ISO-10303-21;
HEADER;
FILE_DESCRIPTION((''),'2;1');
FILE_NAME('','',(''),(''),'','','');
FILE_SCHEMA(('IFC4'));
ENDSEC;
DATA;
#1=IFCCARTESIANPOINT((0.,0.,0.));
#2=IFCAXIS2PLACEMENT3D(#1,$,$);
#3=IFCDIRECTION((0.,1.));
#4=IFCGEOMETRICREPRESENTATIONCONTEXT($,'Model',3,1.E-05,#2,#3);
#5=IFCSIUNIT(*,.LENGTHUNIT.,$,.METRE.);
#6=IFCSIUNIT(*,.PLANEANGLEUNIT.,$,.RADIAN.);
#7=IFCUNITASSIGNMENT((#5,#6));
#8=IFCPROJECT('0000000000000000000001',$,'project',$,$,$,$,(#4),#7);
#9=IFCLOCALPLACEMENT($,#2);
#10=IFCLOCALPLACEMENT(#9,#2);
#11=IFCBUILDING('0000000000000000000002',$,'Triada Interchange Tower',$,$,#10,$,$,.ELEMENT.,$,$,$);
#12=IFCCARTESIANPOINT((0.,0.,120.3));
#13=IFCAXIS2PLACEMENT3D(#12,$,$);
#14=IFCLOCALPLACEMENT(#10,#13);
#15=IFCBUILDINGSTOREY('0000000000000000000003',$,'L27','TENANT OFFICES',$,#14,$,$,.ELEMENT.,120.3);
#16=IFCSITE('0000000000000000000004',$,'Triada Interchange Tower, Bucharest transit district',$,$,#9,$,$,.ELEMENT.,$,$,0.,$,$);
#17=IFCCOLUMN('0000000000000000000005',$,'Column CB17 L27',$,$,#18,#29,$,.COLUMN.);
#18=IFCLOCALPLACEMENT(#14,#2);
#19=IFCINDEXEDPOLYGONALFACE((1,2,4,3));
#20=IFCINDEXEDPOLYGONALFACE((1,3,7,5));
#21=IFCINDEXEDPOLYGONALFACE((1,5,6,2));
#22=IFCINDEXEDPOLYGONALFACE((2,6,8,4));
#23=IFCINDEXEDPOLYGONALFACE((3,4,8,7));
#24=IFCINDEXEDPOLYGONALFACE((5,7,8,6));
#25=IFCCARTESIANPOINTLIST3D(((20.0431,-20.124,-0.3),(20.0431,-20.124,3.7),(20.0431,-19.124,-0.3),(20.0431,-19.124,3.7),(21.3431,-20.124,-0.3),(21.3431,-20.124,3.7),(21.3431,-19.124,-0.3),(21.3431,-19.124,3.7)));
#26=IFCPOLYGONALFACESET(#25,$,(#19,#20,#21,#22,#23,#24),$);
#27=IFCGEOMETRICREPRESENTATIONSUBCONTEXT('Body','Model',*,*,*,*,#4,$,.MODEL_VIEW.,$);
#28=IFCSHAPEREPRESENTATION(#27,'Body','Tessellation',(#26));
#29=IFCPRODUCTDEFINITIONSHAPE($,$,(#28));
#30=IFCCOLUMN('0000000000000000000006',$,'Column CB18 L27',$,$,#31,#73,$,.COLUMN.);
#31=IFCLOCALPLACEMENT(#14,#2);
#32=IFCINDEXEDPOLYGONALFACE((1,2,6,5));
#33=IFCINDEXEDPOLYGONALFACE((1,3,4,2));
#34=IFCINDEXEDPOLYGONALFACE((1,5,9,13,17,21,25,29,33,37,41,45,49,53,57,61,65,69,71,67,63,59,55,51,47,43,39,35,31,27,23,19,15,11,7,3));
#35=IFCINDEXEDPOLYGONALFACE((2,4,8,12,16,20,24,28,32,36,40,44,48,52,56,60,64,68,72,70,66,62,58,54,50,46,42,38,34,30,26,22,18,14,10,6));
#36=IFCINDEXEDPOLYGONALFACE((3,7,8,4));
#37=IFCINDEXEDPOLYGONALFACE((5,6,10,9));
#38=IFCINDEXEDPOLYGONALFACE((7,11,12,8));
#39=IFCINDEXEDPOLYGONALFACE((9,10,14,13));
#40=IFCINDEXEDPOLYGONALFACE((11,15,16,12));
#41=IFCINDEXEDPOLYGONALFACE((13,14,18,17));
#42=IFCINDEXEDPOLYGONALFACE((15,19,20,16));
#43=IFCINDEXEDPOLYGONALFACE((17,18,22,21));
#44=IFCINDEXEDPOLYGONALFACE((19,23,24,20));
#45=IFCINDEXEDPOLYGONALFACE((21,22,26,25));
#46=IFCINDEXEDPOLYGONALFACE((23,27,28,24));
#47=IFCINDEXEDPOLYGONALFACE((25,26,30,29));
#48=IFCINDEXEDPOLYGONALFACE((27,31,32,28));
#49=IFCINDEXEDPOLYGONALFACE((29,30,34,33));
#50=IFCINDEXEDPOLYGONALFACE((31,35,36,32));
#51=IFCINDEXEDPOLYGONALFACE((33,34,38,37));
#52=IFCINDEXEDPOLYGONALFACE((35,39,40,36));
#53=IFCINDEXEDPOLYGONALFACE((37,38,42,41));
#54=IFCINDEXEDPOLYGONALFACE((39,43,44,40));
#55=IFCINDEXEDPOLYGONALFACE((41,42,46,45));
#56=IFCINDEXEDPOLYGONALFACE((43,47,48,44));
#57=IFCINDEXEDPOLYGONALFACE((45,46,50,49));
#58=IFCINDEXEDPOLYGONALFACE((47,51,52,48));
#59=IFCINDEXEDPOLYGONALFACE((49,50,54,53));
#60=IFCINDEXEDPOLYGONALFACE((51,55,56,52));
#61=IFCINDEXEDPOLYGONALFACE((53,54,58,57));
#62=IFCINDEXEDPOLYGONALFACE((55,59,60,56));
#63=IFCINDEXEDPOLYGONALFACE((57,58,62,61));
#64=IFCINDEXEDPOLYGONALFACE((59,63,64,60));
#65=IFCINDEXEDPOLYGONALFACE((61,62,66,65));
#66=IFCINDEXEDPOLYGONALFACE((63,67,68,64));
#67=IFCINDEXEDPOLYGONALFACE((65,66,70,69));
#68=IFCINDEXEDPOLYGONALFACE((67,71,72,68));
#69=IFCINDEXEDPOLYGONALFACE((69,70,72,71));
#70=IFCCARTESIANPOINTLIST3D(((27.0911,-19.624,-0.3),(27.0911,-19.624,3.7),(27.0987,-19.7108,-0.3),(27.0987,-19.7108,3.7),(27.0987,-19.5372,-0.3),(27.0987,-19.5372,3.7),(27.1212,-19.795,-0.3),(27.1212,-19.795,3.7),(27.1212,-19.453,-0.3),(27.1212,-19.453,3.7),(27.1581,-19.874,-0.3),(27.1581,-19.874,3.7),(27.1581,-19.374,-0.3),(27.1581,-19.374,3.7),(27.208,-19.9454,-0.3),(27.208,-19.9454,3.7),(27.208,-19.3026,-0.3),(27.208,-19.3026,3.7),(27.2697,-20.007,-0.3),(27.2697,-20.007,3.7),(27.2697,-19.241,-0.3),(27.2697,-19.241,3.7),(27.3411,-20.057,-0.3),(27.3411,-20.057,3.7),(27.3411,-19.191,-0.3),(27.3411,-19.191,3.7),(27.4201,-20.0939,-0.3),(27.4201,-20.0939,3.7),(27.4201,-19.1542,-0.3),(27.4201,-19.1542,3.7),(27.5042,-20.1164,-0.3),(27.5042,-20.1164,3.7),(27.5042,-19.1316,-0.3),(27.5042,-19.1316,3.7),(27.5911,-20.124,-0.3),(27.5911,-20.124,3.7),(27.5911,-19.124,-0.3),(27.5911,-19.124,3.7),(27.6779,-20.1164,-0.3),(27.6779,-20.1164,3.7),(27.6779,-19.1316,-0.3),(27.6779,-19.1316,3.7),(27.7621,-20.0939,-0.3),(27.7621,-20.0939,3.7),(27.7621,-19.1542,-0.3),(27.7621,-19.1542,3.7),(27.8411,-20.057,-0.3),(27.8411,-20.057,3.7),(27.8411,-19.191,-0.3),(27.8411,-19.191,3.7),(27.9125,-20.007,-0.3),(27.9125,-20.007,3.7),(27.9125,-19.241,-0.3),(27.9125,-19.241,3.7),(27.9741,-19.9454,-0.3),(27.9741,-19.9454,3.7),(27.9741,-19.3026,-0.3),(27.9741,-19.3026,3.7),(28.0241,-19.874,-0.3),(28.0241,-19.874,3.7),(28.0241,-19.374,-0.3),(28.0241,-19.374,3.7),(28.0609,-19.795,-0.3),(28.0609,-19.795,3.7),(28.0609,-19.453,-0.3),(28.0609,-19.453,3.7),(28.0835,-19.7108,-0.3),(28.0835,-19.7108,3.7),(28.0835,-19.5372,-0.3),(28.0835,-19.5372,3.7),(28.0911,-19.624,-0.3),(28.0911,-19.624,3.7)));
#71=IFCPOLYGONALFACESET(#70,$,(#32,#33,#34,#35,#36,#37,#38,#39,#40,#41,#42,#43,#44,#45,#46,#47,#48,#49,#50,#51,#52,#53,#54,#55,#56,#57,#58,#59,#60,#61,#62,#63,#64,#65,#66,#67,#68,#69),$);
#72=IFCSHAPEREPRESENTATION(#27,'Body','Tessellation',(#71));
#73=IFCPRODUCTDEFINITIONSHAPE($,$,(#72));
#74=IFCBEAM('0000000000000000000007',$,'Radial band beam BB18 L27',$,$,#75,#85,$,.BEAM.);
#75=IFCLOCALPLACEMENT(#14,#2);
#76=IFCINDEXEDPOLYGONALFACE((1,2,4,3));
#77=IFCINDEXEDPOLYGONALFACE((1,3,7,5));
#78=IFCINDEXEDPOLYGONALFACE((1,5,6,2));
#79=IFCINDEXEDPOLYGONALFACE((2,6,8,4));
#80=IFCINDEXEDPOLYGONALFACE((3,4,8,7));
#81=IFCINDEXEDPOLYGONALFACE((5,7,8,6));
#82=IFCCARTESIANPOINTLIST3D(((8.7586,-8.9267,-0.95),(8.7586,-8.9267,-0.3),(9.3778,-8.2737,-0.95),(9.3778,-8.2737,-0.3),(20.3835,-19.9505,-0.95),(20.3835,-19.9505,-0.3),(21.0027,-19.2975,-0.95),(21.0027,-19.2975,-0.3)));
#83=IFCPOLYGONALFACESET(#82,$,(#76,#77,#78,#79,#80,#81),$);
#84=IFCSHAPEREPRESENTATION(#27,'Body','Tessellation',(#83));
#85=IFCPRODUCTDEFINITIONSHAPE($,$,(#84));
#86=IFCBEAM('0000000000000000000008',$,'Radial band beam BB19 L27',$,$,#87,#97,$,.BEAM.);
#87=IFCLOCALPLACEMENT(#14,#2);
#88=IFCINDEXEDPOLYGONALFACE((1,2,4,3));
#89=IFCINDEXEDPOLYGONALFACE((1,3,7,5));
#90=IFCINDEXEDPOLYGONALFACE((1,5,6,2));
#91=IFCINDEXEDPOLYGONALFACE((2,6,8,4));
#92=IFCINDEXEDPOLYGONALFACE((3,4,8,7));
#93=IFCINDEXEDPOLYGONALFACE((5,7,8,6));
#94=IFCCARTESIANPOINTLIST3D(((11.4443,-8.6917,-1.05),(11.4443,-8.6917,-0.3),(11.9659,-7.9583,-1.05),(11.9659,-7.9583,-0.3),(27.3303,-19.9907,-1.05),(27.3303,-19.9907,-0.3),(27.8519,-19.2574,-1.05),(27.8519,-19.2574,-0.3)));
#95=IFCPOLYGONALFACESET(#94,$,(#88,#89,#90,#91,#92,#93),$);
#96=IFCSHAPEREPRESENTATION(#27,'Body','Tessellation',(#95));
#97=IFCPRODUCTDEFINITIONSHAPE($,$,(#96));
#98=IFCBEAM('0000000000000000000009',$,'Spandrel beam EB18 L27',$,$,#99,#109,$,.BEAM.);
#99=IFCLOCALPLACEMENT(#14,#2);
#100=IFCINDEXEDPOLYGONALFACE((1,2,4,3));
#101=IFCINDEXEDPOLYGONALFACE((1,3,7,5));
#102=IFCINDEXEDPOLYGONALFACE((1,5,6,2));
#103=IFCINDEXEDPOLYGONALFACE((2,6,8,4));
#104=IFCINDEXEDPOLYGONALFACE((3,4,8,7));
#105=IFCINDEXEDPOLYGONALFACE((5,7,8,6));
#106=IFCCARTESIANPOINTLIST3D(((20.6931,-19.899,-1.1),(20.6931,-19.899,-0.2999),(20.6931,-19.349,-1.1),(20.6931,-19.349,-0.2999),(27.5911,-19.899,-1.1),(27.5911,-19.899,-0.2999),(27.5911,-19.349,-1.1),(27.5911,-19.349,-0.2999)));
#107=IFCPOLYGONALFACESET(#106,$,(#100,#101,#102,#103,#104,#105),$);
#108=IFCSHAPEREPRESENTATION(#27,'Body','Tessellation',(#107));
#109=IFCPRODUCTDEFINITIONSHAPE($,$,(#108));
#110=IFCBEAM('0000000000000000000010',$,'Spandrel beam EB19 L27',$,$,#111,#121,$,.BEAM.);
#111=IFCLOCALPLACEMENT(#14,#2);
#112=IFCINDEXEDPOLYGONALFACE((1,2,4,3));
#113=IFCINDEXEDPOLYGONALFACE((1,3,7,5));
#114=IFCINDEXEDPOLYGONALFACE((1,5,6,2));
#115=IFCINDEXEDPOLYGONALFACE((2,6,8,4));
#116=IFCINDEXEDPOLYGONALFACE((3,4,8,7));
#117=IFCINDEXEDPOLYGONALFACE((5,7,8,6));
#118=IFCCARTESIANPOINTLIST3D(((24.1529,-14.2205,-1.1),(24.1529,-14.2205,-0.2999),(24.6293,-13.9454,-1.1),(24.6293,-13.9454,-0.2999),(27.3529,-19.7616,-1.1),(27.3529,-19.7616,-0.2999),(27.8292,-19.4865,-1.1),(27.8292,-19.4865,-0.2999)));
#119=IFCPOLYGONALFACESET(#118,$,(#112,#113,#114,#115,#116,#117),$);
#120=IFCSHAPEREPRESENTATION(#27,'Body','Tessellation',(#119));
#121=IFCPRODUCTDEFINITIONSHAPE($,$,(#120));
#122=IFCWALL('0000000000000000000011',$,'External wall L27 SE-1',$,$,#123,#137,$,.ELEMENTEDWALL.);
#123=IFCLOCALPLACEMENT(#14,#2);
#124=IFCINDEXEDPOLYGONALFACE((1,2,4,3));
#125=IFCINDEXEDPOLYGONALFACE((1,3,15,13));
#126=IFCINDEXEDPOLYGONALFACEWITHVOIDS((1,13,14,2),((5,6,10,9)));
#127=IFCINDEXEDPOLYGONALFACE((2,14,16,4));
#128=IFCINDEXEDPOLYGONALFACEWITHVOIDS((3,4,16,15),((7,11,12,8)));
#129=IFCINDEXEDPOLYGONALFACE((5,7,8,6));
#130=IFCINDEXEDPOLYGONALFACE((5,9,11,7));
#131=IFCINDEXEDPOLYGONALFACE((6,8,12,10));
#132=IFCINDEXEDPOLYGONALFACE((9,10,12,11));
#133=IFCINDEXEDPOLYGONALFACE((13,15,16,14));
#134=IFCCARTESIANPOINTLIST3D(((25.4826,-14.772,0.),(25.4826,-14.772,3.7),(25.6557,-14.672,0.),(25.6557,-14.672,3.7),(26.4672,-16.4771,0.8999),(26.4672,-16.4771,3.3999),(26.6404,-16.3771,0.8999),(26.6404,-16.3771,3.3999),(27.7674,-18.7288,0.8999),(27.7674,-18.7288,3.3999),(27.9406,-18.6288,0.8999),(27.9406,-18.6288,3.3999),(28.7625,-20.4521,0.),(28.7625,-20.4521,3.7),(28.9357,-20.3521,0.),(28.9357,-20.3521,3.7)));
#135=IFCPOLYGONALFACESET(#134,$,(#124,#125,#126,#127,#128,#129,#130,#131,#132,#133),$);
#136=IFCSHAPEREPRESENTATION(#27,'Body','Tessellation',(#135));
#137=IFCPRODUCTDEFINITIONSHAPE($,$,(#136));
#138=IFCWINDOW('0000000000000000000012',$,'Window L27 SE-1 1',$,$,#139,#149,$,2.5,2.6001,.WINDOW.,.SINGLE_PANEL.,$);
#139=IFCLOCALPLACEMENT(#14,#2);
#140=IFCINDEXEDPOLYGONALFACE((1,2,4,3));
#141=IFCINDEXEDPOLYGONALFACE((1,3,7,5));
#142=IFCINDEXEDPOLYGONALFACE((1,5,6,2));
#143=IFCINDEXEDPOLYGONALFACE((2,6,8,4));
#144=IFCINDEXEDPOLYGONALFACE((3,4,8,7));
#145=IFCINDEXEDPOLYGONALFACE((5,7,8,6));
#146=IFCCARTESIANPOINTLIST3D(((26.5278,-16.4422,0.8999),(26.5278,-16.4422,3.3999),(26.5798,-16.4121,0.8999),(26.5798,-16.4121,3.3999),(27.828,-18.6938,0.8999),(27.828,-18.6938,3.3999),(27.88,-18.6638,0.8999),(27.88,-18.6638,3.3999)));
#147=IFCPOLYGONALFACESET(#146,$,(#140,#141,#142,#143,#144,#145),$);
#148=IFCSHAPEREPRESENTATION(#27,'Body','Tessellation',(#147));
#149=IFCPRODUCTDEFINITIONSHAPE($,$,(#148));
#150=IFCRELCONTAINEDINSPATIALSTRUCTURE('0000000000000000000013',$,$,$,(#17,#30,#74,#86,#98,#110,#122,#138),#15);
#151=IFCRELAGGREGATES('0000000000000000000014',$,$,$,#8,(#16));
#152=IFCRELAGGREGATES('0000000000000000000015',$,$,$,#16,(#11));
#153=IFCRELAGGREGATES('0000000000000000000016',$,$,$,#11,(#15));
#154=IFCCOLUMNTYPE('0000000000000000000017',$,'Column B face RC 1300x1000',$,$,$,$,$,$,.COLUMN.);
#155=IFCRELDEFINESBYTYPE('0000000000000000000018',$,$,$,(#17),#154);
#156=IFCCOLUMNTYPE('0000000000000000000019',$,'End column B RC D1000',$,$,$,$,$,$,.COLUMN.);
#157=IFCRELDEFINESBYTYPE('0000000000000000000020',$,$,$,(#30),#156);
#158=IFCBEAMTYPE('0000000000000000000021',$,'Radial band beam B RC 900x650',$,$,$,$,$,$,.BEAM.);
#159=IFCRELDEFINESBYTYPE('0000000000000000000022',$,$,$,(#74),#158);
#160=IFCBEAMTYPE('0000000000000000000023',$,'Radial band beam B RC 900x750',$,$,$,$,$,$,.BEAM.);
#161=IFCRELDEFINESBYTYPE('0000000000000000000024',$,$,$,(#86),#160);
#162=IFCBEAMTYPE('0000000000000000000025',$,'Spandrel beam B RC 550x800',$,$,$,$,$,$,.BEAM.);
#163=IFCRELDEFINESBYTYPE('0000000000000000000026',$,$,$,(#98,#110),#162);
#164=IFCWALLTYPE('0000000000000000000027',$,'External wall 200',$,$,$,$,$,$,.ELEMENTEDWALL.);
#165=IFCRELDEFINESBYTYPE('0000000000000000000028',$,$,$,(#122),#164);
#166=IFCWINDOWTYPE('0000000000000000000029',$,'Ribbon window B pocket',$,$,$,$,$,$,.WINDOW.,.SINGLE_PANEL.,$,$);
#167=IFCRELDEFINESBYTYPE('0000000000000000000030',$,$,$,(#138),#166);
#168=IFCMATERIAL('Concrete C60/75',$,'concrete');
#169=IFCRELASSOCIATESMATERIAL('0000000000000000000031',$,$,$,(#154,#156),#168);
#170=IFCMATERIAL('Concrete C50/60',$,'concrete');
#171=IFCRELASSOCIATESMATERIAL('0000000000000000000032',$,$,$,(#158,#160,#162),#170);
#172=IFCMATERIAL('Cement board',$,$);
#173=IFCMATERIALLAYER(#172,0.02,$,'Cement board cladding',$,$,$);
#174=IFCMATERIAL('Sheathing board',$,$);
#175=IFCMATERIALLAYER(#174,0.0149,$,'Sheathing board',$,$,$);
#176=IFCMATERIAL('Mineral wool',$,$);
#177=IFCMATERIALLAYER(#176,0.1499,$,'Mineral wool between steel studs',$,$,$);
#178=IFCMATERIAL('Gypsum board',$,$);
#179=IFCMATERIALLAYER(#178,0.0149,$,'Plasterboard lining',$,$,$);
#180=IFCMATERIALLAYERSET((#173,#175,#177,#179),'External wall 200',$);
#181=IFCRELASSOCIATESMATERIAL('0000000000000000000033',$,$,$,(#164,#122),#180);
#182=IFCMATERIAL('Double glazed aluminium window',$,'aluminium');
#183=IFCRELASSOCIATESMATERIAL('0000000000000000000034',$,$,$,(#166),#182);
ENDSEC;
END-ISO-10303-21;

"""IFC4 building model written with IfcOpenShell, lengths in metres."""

from ifc_helpers import new_model, si_unit, direction, frame, frame_2d, origin, origin_2d, place, context, subcontext, project, spatial, rectangle, circle, extrude, material, layer, layer_set, layer_usage, material_profile, profile_set, type_object, element, fill, save


model = new_model("IFC4")

# Units and contexts
model_context = context("Model", 3, precision=1e-05, world=origin(), true_north=direction((0.0, 1.0)))
body_context = subcontext(model_context, "Body", "Model", "MODEL_VIEW")
ifc_project = project(units=[si_unit("LENGTHUNIT", "METRE"), si_unit("PLANEANGLEUNIT", "RADIAN")], contexts=[model_context])

# Site, building, storey
site_placement = place(None, origin())
site = spatial("IfcSite", under=ifc_project, at=site_placement, Name="Triada Interchange Tower, Bucharest transit district", CompositionType="ELEMENT", RefElevation=0.0)
building_placement = place(site_placement, origin())
building = spatial("IfcBuilding", under=site, at=building_placement, Name="Triada Interchange Tower", CompositionType="ELEMENT")
storey_placement = place(building_placement, frame((0.0, 0.0, 120.3)))
storey = spatial("IfcBuildingStorey", under=building, at=storey_placement, Name="L27", Description="TENANT OFFICES", CompositionType="ELEMENT", Elevation=120.3)

# Columns
ifc_material_1 = material(Name="Concrete C60/75", Category="concrete")
ifc_material_profile_1 = material_profile(ifc_material_1, rectangle(XDim=1.3, YDim=1.0, at=origin_2d()), Name="RC 1300x1000")
ifc_profile_set_1 = profile_set([ifc_material_profile_1], Name="Concrete C60/75")
column_type_1 = type_object("IfcColumnType", Name="Column B face RC 1300x1000", PredefinedType="COLUMN", material=ifc_profile_set_1)
column_1_placement = place(storey_placement, frame((20.6931, -19.624, -0.3), z_axis=(0.0, 0.0, 1.0), x_axis=(1.0, 0.0, 0.0)))
element("IfcColumn", 1, at=column_1_placement, inside=storey, type_object=column_type_1, Name="Column CB17 L27", PredefinedType="COLUMN", context=body_context, shape_type="SweptSolid", body=[
    extrude(rectangle(XDim=1.3, YDim=1.0, at=origin_2d()), origin(), (0.0, 0.0, 1.0), 4.0),
])
ifc_material_profile_2 = material_profile(ifc_material_1, circle(Radius=0.5, at=origin_2d()), Name="RC D1000")
ifc_profile_set_2 = profile_set([ifc_material_profile_2], Name="Concrete C60/75")
column_type_2 = type_object("IfcColumnType", Name="End column B RC D1000", PredefinedType="COLUMN", material=ifc_profile_set_2)
column_2_placement = place(storey_placement, frame((27.5911, -19.624, -0.3), z_axis=(0.0, 0.0, 1.0), x_axis=(1.0, 0.0, 0.0)))
element("IfcColumn", 2, at=column_2_placement, inside=storey, type_object=column_type_2, Name="Column CB18 L27", PredefinedType="COLUMN", context=body_context, shape_type="SweptSolid", body=[
    extrude(circle(Radius=0.5, at=origin_2d()), origin(), (0.0, 0.0, 1.0), 4.0),
])

# Beams
ifc_material_2 = material(Name="Concrete C50/60", Category="concrete")
ifc_material_profile_3 = material_profile(ifc_material_2, rectangle(XDim=0.8999, YDim=0.6499, at=origin_2d()), Name="RC 900x650")
ifc_profile_set_3 = profile_set([ifc_material_profile_3], Name="Concrete C50/60")
beam_type_1 = type_object("IfcBeamType", Name="Radial band beam B RC 900x650", PredefinedType="BEAM", material=ifc_profile_set_3)
beam_1_placement = place(storey_placement, frame((20.6931, -19.624, -0.625), z_axis=(-0.725617, 0.688099, 0.0), x_axis=(-0.688099, -0.725617, 0.0)))
element("IfcBeam", 3, at=beam_1_placement, inside=storey, type_object=beam_type_1, Name="Radial band beam BB18 L27", PredefinedType="BEAM", context=body_context, shape_type="SweptSolid", body=[
    extrude(rectangle(XDim=0.8999, YDim=0.6499, at=origin_2d()), origin(), (0.0, 0.0, 1.0), 16.0208),
])
ifc_material_profile_4 = material_profile(ifc_material_2, rectangle(XDim=0.8999, YDim=0.75, at=origin_2d()), Name="RC 900x750")
ifc_profile_set_4 = profile_set([ifc_material_profile_4], Name="Concrete C50/60")
beam_type_2 = type_object("IfcBeamType", Name="Radial band beam B RC 900x750", PredefinedType="BEAM", material=ifc_profile_set_4)
beam_2_placement = place(storey_placement, frame((27.5911, -19.624, -0.675), z_axis=(-0.814898, 0.579605, 0.0), x_axis=(-0.579605, -0.814898, 0.0)))
element("IfcBeam", 4, at=beam_2_placement, inside=storey, type_object=beam_type_2, Name="Radial band beam BB19 L27", PredefinedType="BEAM", context=body_context, shape_type="SweptSolid", body=[
    extrude(rectangle(XDim=0.8999, YDim=0.75, at=origin_2d()), origin(), (0.0, 0.0, 1.0), 19.4944),
])
ifc_material_profile_5 = material_profile(ifc_material_2, rectangle(XDim=0.55, YDim=0.8, at=origin_2d()), Name="RC 550x800")
ifc_profile_set_5 = profile_set([ifc_material_profile_5], Name="Concrete C50/60")
beam_type_3 = type_object("IfcBeamType", Name="Spandrel beam B RC 550x800", PredefinedType="BEAM", material=ifc_profile_set_5)
beam_3_placement = place(storey_placement, frame((20.6931, -19.624, -0.7), z_axis=(1.0, 0.0, 0.0), x_axis=(0.0, 1.0, 0.0)))
element("IfcBeam", 5, at=beam_3_placement, inside=storey, type_object=beam_type_3, Name="Spandrel beam EB18 L27", PredefinedType="BEAM", context=body_context, shape_type="SweptSolid", body=[
    extrude(rectangle(XDim=0.55, YDim=0.8, at=origin_2d()), origin(), (0.0, 0.0, 1.0), 6.8979),
])
beam_4_placement = place(storey_placement, frame((27.5911, -19.624, -0.7), z_axis=(-0.500099, 0.865968, 0.0), x_axis=(-0.865968, -0.500099, 0.0)))
element("IfcBeam", 6, at=beam_4_placement, inside=storey, type_object=beam_type_3, Name="Spandrel beam EB19 L27", PredefinedType="BEAM", context=body_context, shape_type="SweptSolid", body=[
    extrude(rectangle(XDim=0.55, YDim=0.8, at=origin_2d()), origin(), (0.0, 0.0, 1.0), 6.3987),
])

# Wall, opening, window
ifc_material_3 = material(Name="Cement board")
ifc_layer_1 = layer(ifc_material_3, 0.02, Name="Cement board cladding")
ifc_material_4 = material(Name="Sheathing board")
ifc_layer_2 = layer(ifc_material_4, 0.0149, Name="Sheathing board")
ifc_material_5 = material(Name="Mineral wool")
ifc_layer_3 = layer(ifc_material_5, 0.1499, Name="Mineral wool between steel studs")
ifc_material_6 = material(Name="Gypsum board")
ifc_layer_4 = layer(ifc_material_6, 0.0149, Name="Plasterboard lining")
ifc_layer_set_1 = layer_set([ifc_layer_1, ifc_layer_2, ifc_layer_3, ifc_layer_4], Name="External wall 200")
ifc_layer_usage = layer_usage(ifc_layer_set_1, "AXIS2", "POSITIVE", -0.1001)
wall_type_1 = type_object("IfcWallType", Name="External wall 200", PredefinedType="ELEMENTEDWALL", material=ifc_layer_set_1)
wall_1_placement = place(storey_placement, frame((28.8491, -20.4021, 0.0), z_axis=(0.0, 0.0, 1.0), x_axis=(-0.500066, 0.865987, 0.0)))
wall_1 = element("IfcWall", 7, at=wall_1_placement, inside=storey, type_object=wall_type_1, material=ifc_layer_usage, Name="External wall L27 SE-1", PredefinedType="ELEMENTEDWALL", context=body_context, shape_type="SweptSolid", body=[
    extrude(rectangle(XDim=6.5591, YDim=0.2, at=frame_2d((3.2795, 0.0))), origin(), (0.0, 0.0, 1.0), 3.7),
])
opening_1_placement = place(wall_1_placement, frame((1.99, 0.0, 0.8999)))
opening_1 = element("IfcOpeningElement", 8, at=opening_1_placement, cuts=wall_1, PredefinedType="OPENING", context=body_context, shape_type="SweptSolid", body=[
    extrude(rectangle(XDim=2.6001, YDim=2.5, at=frame_2d((1.3, 1.25))), frame((0.0, 0.1099, 0.0), z_axis=(0.0, -1.0, 0.0), x_axis=(1.0, 0.0, 0.0)), (0.0, 0.0, 1.0), 0.22),
])
ifc_material_7 = material(Name="Double glazed aluminium window", Category="aluminium")
window_type_1 = type_object("IfcWindowType", Name="Ribbon window B pocket", PartitioningType="SINGLE_PANEL", PredefinedType="WINDOW", material=ifc_material_7)
window_1_placement = place(opening_1_placement, origin())
window_1 = element("IfcWindow", 9, at=window_1_placement, inside=storey, type_object=window_type_1, Name="Window L27 SE-1 1", OverallHeight=2.5, OverallWidth=2.6001, PartitioningType="SINGLE_PANEL", PredefinedType="WINDOW", context=body_context, shape_type="SweptSolid", body=[
    extrude(rectangle(XDim=2.6001, YDim=2.5, at=frame_2d((1.3, 1.25))), frame((0.0, 0.03, 0.0), z_axis=(0.0, -1.0, 0.0), x_axis=(1.0, 0.0, 0.0)), (0.0, 0.0, 1.0), 0.0601),
])
fill(opening_1, window_1)

save(model, "model.ifc")
